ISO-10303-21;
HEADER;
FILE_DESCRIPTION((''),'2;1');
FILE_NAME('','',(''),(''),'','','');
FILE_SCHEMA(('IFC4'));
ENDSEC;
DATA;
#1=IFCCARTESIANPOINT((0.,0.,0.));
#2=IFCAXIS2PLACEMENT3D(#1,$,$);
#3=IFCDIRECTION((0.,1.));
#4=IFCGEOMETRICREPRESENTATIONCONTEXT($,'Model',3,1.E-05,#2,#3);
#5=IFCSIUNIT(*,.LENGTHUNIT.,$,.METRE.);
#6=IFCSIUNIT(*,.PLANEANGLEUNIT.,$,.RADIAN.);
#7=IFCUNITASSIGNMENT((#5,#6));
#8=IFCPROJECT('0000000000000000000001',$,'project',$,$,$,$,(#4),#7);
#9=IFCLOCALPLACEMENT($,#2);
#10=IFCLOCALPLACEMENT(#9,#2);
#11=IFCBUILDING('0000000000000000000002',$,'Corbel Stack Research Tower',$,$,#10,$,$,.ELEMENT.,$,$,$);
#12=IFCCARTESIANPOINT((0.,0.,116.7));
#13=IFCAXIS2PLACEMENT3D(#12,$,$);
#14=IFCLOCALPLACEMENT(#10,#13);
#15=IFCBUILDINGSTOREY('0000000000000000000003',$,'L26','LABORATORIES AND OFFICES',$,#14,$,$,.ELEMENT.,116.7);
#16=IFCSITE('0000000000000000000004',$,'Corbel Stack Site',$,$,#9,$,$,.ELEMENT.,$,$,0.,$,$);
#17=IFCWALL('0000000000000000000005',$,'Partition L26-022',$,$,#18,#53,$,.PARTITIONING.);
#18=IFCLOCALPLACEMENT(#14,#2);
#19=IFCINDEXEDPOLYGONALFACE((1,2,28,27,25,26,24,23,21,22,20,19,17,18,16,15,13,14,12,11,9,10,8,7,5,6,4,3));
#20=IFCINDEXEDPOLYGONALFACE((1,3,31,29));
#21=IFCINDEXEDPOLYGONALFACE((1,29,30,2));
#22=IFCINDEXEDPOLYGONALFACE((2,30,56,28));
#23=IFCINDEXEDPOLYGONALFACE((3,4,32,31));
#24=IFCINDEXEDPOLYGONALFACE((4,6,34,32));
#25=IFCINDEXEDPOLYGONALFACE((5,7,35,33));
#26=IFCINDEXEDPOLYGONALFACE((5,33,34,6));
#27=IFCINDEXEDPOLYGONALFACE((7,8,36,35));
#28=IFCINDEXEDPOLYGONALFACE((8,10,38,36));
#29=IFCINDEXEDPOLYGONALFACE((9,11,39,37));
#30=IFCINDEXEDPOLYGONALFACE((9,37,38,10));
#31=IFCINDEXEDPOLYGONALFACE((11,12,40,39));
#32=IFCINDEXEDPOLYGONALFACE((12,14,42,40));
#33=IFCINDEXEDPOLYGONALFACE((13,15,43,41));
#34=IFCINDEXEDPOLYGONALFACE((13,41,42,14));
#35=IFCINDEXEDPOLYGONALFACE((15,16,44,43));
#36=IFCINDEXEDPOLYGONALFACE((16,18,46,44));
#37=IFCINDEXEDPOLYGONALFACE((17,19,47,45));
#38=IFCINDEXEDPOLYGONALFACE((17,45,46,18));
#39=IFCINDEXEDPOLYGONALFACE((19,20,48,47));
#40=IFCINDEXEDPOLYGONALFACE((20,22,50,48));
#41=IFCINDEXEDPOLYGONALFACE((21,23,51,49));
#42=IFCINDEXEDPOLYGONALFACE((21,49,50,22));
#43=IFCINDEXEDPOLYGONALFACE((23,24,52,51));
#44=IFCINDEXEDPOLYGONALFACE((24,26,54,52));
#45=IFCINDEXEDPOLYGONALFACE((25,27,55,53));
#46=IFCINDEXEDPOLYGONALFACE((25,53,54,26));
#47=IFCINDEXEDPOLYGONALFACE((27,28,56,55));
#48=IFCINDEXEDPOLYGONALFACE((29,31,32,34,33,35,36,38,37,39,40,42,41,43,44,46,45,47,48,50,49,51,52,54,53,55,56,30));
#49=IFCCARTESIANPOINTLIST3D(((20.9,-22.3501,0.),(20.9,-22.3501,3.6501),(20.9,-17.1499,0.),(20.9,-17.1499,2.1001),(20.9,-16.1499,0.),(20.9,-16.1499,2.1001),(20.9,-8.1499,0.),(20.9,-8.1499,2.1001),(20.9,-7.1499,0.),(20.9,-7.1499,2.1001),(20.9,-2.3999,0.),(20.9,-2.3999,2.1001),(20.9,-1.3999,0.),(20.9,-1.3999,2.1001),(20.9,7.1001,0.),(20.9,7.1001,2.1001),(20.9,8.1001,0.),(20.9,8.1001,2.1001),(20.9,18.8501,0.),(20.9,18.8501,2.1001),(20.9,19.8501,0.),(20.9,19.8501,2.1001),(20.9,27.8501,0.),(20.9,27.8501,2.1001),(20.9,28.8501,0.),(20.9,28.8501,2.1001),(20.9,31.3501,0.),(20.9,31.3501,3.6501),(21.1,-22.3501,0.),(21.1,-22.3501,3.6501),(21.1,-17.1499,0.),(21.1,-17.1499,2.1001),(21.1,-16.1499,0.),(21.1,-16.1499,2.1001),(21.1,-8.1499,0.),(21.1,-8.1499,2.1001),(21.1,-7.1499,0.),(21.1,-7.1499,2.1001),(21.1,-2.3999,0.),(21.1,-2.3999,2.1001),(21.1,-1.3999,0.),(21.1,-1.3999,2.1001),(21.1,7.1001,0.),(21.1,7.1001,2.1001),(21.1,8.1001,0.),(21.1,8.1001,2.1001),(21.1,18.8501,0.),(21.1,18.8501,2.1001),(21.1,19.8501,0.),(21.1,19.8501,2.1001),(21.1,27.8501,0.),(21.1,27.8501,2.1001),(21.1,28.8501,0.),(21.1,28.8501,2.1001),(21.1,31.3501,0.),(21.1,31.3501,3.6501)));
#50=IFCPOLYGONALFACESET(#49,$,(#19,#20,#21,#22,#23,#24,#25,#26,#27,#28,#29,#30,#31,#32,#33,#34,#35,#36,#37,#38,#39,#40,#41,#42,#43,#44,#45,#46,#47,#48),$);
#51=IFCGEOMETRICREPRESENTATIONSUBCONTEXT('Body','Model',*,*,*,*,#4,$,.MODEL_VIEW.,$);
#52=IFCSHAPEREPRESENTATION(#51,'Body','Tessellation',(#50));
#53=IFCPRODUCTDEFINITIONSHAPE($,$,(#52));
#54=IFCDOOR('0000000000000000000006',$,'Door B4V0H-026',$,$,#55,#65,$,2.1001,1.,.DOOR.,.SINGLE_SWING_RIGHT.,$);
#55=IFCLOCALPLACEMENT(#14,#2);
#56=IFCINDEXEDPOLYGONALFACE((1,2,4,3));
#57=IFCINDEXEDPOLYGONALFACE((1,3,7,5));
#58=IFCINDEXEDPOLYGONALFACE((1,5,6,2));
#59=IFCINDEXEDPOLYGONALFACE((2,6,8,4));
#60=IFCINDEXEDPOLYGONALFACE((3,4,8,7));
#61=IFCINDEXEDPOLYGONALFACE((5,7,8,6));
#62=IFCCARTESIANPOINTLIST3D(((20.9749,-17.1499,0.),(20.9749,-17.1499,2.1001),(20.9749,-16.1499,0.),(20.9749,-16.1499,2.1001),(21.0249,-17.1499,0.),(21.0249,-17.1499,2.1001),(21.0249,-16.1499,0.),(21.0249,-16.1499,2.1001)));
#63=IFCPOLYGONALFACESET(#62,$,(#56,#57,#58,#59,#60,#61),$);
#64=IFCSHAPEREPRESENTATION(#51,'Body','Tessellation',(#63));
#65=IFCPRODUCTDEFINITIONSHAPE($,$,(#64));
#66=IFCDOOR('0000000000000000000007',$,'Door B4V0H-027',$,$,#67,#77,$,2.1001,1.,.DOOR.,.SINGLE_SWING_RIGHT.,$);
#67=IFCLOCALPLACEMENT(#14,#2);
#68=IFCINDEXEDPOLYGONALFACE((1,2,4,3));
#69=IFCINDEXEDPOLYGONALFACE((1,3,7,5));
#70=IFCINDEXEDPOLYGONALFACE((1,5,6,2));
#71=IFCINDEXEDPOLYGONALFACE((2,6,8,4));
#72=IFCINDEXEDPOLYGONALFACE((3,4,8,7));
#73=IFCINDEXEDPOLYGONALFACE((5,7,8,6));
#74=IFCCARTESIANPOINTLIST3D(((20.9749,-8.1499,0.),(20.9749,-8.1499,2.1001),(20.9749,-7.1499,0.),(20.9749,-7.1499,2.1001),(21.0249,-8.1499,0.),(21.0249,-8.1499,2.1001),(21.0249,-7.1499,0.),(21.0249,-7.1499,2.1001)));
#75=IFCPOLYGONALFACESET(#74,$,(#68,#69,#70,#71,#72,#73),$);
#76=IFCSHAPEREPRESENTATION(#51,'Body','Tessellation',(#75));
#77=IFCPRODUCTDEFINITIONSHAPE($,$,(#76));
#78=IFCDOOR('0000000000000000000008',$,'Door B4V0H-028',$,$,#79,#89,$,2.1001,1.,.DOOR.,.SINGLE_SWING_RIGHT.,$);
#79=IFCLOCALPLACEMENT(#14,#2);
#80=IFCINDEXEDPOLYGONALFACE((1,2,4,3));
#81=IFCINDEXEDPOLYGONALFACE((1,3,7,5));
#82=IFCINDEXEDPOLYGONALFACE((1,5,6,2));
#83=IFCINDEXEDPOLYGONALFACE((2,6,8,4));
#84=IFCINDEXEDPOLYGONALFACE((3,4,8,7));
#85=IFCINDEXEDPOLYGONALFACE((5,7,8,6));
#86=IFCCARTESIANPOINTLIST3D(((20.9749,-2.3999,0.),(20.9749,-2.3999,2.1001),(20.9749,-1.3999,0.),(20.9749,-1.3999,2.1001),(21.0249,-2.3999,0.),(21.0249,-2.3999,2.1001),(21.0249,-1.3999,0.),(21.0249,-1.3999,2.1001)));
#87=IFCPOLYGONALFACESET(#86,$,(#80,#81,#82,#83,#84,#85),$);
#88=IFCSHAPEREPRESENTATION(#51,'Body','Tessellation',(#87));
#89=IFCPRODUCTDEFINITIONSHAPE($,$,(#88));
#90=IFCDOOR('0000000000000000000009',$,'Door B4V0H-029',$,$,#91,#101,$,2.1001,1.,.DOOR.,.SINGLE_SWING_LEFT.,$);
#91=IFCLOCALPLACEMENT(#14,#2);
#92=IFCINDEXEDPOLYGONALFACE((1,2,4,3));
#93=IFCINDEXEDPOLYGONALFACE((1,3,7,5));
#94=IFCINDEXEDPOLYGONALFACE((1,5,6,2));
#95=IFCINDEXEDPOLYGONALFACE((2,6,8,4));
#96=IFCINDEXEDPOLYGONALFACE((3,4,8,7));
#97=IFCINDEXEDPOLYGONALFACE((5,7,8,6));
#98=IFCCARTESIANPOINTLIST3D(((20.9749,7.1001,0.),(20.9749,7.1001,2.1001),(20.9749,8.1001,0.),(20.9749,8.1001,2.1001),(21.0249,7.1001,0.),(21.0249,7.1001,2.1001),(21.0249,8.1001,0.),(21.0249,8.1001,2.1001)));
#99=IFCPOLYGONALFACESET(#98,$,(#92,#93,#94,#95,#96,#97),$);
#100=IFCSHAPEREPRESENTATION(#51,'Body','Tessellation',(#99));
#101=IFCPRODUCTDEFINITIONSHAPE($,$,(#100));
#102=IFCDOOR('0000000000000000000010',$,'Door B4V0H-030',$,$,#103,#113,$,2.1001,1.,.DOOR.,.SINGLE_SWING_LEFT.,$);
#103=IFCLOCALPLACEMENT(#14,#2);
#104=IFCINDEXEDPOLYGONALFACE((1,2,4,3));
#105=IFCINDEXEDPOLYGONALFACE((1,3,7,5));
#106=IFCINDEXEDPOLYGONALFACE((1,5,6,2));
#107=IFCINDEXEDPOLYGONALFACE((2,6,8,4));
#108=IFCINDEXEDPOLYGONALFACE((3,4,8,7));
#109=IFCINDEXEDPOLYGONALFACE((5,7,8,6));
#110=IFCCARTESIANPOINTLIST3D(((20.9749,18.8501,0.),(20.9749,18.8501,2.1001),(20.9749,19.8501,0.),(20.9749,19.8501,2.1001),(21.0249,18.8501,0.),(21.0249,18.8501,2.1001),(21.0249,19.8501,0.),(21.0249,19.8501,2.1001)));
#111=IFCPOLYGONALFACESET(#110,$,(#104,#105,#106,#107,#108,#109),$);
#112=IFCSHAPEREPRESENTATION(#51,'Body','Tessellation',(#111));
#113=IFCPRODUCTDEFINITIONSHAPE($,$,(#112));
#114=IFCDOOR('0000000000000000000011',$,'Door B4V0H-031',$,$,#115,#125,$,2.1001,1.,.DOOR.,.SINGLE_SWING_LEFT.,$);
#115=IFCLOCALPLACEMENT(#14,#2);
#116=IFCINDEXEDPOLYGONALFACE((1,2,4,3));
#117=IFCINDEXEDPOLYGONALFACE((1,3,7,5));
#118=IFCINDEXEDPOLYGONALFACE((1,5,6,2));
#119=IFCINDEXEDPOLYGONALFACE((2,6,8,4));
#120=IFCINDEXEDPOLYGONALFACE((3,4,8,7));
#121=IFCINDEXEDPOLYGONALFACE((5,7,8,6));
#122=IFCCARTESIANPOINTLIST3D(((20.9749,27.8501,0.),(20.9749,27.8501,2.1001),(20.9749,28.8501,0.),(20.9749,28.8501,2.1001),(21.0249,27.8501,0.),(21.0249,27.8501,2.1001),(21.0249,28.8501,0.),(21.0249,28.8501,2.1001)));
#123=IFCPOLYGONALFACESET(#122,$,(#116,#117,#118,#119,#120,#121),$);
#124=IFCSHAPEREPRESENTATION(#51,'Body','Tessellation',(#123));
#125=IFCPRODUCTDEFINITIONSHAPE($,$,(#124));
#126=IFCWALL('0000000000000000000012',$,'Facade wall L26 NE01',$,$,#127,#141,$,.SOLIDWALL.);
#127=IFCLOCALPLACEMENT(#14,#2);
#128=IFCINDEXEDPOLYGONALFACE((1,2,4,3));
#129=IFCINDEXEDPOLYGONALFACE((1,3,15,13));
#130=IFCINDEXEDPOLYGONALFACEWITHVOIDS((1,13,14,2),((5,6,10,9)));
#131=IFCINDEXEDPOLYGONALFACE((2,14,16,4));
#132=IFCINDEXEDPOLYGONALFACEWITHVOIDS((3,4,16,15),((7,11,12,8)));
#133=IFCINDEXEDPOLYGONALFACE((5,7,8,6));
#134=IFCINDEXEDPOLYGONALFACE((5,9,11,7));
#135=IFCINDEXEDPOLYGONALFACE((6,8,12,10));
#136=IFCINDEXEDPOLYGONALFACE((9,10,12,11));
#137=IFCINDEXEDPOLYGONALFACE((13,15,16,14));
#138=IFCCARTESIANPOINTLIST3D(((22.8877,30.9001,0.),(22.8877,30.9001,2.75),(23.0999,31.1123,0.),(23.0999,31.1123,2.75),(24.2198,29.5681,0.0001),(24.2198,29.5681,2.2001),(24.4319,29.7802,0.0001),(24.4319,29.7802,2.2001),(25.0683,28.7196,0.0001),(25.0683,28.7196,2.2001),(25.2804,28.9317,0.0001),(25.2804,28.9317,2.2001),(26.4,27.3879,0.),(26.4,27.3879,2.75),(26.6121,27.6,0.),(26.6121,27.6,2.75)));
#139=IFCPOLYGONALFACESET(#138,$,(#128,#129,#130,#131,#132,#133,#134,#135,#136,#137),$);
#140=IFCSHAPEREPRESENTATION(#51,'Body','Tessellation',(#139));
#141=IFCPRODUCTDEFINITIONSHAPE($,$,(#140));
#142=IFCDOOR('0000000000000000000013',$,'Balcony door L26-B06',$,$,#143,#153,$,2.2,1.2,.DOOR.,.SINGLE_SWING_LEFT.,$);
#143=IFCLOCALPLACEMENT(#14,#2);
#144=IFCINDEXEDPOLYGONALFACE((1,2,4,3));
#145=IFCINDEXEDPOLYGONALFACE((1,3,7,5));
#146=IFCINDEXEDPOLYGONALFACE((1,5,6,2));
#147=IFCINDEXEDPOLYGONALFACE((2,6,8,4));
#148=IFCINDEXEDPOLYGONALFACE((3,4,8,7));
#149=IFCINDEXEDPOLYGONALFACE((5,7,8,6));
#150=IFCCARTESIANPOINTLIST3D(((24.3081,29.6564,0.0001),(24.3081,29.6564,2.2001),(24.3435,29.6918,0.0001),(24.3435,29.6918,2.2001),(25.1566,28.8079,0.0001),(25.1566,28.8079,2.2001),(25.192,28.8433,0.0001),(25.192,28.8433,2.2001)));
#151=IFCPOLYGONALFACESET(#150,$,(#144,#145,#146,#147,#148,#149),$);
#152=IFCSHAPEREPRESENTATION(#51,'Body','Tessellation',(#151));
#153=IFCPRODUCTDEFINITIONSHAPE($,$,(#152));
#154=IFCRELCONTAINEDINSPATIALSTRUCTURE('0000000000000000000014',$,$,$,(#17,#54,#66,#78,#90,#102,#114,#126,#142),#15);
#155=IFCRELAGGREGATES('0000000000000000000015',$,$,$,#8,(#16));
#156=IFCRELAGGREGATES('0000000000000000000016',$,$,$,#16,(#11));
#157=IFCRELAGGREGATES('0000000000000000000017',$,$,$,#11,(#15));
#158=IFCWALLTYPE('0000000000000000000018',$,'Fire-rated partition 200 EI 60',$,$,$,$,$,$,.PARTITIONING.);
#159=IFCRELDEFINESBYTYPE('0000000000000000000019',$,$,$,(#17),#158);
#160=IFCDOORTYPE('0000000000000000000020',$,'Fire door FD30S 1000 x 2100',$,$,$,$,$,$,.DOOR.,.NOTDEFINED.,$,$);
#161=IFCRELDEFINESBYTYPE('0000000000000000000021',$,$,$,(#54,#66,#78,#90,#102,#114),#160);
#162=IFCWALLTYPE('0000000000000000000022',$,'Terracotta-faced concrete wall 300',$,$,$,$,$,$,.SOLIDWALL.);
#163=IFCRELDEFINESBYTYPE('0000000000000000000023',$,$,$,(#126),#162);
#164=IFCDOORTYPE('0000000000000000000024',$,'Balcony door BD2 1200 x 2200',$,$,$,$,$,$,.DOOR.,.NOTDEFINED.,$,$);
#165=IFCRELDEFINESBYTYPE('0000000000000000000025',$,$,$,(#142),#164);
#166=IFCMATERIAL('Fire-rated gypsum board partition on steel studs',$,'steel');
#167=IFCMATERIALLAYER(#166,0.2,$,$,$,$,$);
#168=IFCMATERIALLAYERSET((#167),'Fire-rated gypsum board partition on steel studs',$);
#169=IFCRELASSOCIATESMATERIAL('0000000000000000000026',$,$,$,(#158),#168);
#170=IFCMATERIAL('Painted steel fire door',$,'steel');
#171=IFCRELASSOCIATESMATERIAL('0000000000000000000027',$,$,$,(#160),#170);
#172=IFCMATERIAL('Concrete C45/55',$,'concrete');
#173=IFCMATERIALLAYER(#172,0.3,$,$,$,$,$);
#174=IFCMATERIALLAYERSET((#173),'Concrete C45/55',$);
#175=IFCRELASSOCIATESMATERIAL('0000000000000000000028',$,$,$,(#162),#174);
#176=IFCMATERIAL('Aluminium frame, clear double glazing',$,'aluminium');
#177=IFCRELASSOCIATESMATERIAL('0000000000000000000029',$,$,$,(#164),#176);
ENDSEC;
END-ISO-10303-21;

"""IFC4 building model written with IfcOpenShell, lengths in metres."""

from ifc_helpers import new_model, si_unit, direction, frame, frame_2d, origin, place, context, subcontext, project, spatial, rectangle, extrude, material, layer, layer_set, type_object, element, fill, save


model = new_model("IFC4")

# Units and contexts
model_context = context("Model", 3, precision=1e-05, world=origin(), true_north=direction((0.0, 1.0)))
body_context = subcontext(model_context, "Body", "Model", "MODEL_VIEW")
ifc_project = project(units=[si_unit("LENGTHUNIT", "METRE"), si_unit("PLANEANGLEUNIT", "RADIAN")], contexts=[model_context])

# Site, building, storey
site_placement = place(None, origin())
site = spatial("IfcSite", under=ifc_project, at=site_placement, Name="Corbel Stack Site", CompositionType="ELEMENT", RefElevation=0.0)
building_placement = place(site_placement, origin())
building = spatial("IfcBuilding", under=site, at=building_placement, Name="Corbel Stack Research Tower", CompositionType="ELEMENT")
storey_placement = place(building_placement, frame((0.0, 0.0, 116.7)))
storey = spatial("IfcBuildingStorey", under=building, at=storey_placement, Name="L26", Description="LABORATORIES AND OFFICES", CompositionType="ELEMENT", Elevation=116.7)

# Wall, openings, doors
ifc_material_1 = material(Name="Fire-rated gypsum board partition on steel studs", Category="steel")
ifc_layer_1 = layer(ifc_material_1, 0.2)
ifc_layer_set_1 = layer_set([ifc_layer_1], Name="Fire-rated gypsum board partition on steel studs")
wall_type_1 = type_object("IfcWallType", Name="Fire-rated partition 200 EI 60", PredefinedType="PARTITIONING", material=ifc_layer_set_1)
wall_1_placement = place(storey_placement, frame((21.0, 31.3501, 0.0), z_axis=(0.0, 0.0, 1.0), x_axis=(0.0, -1.0, 0.0)))
wall_1 = element("IfcWall", 1, at=wall_1_placement, inside=storey, type_object=wall_type_1, Name="Partition L26-022", PredefinedType="PARTITIONING", context=body_context, shape_type="SweptSolid", body=[
    extrude(rectangle(XDim=53.7002, YDim=0.2, at=frame_2d((26.8501, 0.0))), origin(), (0.0, 0.0, 1.0), 3.6501),
])
opening_1_placement = place(wall_1_placement, frame((47.5, 0.0, 0.0)))
opening_1 = element("IfcOpeningElement", 2, at=opening_1_placement, cuts=wall_1, PredefinedType="OPENING", context=body_context, shape_type="SweptSolid", body=[
    extrude(rectangle(XDim=1.0, YDim=2.1001, at=frame_2d((0.5, 1.05))), frame((0.0, 0.1099, 0.0), z_axis=(0.0, -1.0, 0.0), x_axis=(1.0, 0.0, 0.0)), (0.0, 0.0, 1.0), 0.22),
])
opening_2_placement = place(wall_1_placement, frame((38.5, 0.0, 0.0)))
opening_2 = element("IfcOpeningElement", 3, at=opening_2_placement, cuts=wall_1, PredefinedType="OPENING", context=body_context, shape_type="SweptSolid", body=[
    extrude(rectangle(XDim=1.0, YDim=2.1001, at=frame_2d((0.5, 1.05))), frame((0.0, 0.1099, 0.0), z_axis=(0.0, -1.0, 0.0), x_axis=(1.0, 0.0, 0.0)), (0.0, 0.0, 1.0), 0.22),
])
opening_3_placement = place(wall_1_placement, frame((32.75, 0.0, 0.0)))
opening_3 = element("IfcOpeningElement", 4, at=opening_3_placement, cuts=wall_1, PredefinedType="OPENING", context=body_context, shape_type="SweptSolid", body=[
    extrude(rectangle(XDim=1.0, YDim=2.1001, at=frame_2d((0.5, 1.05))), frame((0.0, 0.1099, 0.0), z_axis=(0.0, -1.0, 0.0), x_axis=(1.0, 0.0, 0.0)), (0.0, 0.0, 1.0), 0.22),
])
opening_4_placement = place(wall_1_placement, frame((23.25, 0.0, 0.0)))
opening_4 = element("IfcOpeningElement", 5, at=opening_4_placement, cuts=wall_1, PredefinedType="OPENING", context=body_context, shape_type="SweptSolid", body=[
    extrude(rectangle(XDim=1.0, YDim=2.1001, at=frame_2d((0.5, 1.05))), frame((0.0, 0.1099, 0.0), z_axis=(0.0, -1.0, 0.0), x_axis=(1.0, 0.0, 0.0)), (0.0, 0.0, 1.0), 0.22),
])
opening_5_placement = place(wall_1_placement, frame((11.5, 0.0, 0.0)))
opening_5 = element("IfcOpeningElement", 6, at=opening_5_placement, cuts=wall_1, PredefinedType="OPENING", context=body_context, shape_type="SweptSolid", body=[
    extrude(rectangle(XDim=1.0, YDim=2.1001, at=frame_2d((0.5, 1.05))), frame((0.0, 0.1099, 0.0), z_axis=(0.0, -1.0, 0.0), x_axis=(1.0, 0.0, 0.0)), (0.0, 0.0, 1.0), 0.22),
])
opening_6_placement = place(wall_1_placement, frame((2.5, 0.0, 0.0)))
opening_6 = element("IfcOpeningElement", 7, at=opening_6_placement, cuts=wall_1, PredefinedType="OPENING", context=body_context, shape_type="SweptSolid", body=[
    extrude(rectangle(XDim=1.0, YDim=2.1001, at=frame_2d((0.5, 1.05))), frame((0.0, 0.1099, 0.0), z_axis=(0.0, -1.0, 0.0), x_axis=(1.0, 0.0, 0.0)), (0.0, 0.0, 1.0), 0.22),
])
ifc_material_2 = material(Name="Painted steel fire door", Category="steel")
door_type_1 = type_object("IfcDoorType", Name="Fire door FD30S 1000 x 2100", OperationType="NOTDEFINED", PredefinedType="DOOR", material=ifc_material_2)
door_1_placement = place(opening_1_placement, origin())
door_1 = element("IfcDoor", 8, at=door_1_placement, inside=storey, type_object=door_type_1, Name="Door B4V0H-026", OperationType="SINGLE_SWING_RIGHT", OverallHeight=2.1001, OverallWidth=1.0, PredefinedType="DOOR", context=body_context, shape_type="SweptSolid", body=[
    extrude(rectangle(XDim=1.0, YDim=2.1001, at=frame_2d((0.5, 1.05))), frame((0.0, 0.0249, 0.0), z_axis=(0.0, -1.0, 0.0), x_axis=(1.0, 0.0, 0.0)), (0.0, 0.0, 1.0), 0.05),
])
fill(opening_1, door_1)
door_2_placement = place(opening_2_placement, origin())
door_2 = element("IfcDoor", 9, at=door_2_placement, inside=storey, type_object=door_type_1, Name="Door B4V0H-027", OperationType="SINGLE_SWING_RIGHT", OverallHeight=2.1001, OverallWidth=1.0, PredefinedType="DOOR", context=body_context, shape_type="SweptSolid", body=[
    extrude(rectangle(XDim=1.0, YDim=2.1001, at=frame_2d((0.5, 1.05))), frame((0.0, 0.0249, 0.0), z_axis=(0.0, -1.0, 0.0), x_axis=(1.0, 0.0, 0.0)), (0.0, 0.0, 1.0), 0.05),
])
fill(opening_2, door_2)
door_3_placement = place(opening_3_placement, origin())
door_3 = element("IfcDoor", 10, at=door_3_placement, inside=storey, type_object=door_type_1, Name="Door B4V0H-028", OperationType="SINGLE_SWING_RIGHT", OverallHeight=2.1001, OverallWidth=1.0, PredefinedType="DOOR", context=body_context, shape_type="SweptSolid", body=[
    extrude(rectangle(XDim=1.0, YDim=2.1001, at=frame_2d((0.5, 1.05))), frame((0.0, 0.0249, 0.0), z_axis=(0.0, -1.0, 0.0), x_axis=(1.0, 0.0, 0.0)), (0.0, 0.0, 1.0), 0.05),
])
fill(opening_3, door_3)
door_4_placement = place(opening_4_placement, origin())
door_4 = element("IfcDoor", 11, at=door_4_placement, inside=storey, type_object=door_type_1, Name="Door B4V0H-029", OperationType="SINGLE_SWING_LEFT", OverallHeight=2.1001, OverallWidth=1.0, PredefinedType="DOOR", context=body_context, shape_type="SweptSolid", body=[
    extrude(rectangle(XDim=1.0, YDim=2.1001, at=frame_2d((0.5, 1.05))), frame((0.0, 0.0249, 0.0), z_axis=(0.0, -1.0, 0.0), x_axis=(1.0, 0.0, 0.0)), (0.0, 0.0, 1.0), 0.05),
])
fill(opening_4, door_4)
door_5_placement = place(opening_5_placement, origin())
door_5 = element("IfcDoor", 12, at=door_5_placement, inside=storey, type_object=door_type_1, Name="Door B4V0H-030", OperationType="SINGLE_SWING_LEFT", OverallHeight=2.1001, OverallWidth=1.0, PredefinedType="DOOR", context=body_context, shape_type="SweptSolid", body=[
    extrude(rectangle(XDim=1.0, YDim=2.1001, at=frame_2d((0.5, 1.05))), frame((0.0, 0.0249, 0.0), z_axis=(0.0, -1.0, 0.0), x_axis=(1.0, 0.0, 0.0)), (0.0, 0.0, 1.0), 0.05),
])
fill(opening_5, door_5)
door_6_placement = place(opening_6_placement, origin())
door_6 = element("IfcDoor", 13, at=door_6_placement, inside=storey, type_object=door_type_1, Name="Door B4V0H-031", OperationType="SINGLE_SWING_LEFT", OverallHeight=2.1001, OverallWidth=1.0, PredefinedType="DOOR", context=body_context, shape_type="SweptSolid", body=[
    extrude(rectangle(XDim=1.0, YDim=2.1001, at=frame_2d((0.5, 1.05))), frame((0.0, 0.0249, 0.0), z_axis=(0.0, -1.0, 0.0), x_axis=(1.0, 0.0, 0.0)), (0.0, 0.0, 1.0), 0.05),
])
fill(opening_6, door_6)

# Wall, opening, door
ifc_material_3 = material(Name="Concrete C45/55", Category="concrete")
ifc_layer_2 = layer(ifc_material_3, 0.3)
ifc_layer_set_2 = layer_set([ifc_layer_2], Name="Concrete C45/55")
wall_type_2 = type_object("IfcWallType", Name="Terracotta-faced concrete wall 300", PredefinedType="SOLIDWALL", material=ifc_layer_set_2)
wall_2_placement = place(storey_placement, frame((22.9939, 31.0061, 0.0), z_axis=(0.0, 0.0, 1.0), x_axis=(0.707107, -0.707107, 0.0)))
wall_2 = element("IfcWall", 14, at=wall_2_placement, inside=storey, type_object=wall_type_2, Name="Facade wall L26 NE01", PredefinedType="SOLIDWALL", context=body_context, shape_type="SweptSolid", body=[
    extrude(rectangle(XDim=4.967, YDim=0.3, at=frame_2d((2.4834, 0.0))), origin(), (0.0, 0.0, 1.0), 2.75),
])
opening_7_placement = place(wall_2_placement, frame((1.8835, 0.0, 0.0)))
opening_7 = element("IfcOpeningElement", 15, at=opening_7_placement, cuts=wall_2, PredefinedType="OPENING", context=body_context, shape_type="SweptSolid", body=[
    extrude(rectangle(XDim=1.2, YDim=2.2, at=frame_2d((0.6001, 1.1001))), frame((0.0, 0.1599, 0.0), z_axis=(0.0, -1.0, 0.0), x_axis=(1.0, 0.0, 0.0)), (0.0, 0.0, 1.0), 0.3201),
])
ifc_material_4 = material(Name="Aluminium frame, clear double glazing", Category="aluminium")
door_type_2 = type_object("IfcDoorType", Name="Balcony door BD2 1200 x 2200", OperationType="NOTDEFINED", PredefinedType="DOOR", material=ifc_material_4)
door_7_placement = place(opening_7_placement, origin())
door_7 = element("IfcDoor", 16, at=door_7_placement, inside=storey, type_object=door_type_2, Name="Balcony door L26-B06", OperationType="SINGLE_SWING_LEFT", OverallHeight=2.2, OverallWidth=1.2, PredefinedType="DOOR", context=body_context, shape_type="SweptSolid", body=[
    extrude(rectangle(XDim=1.2, YDim=2.2, at=frame_2d((0.6001, 1.1001))), frame((0.0, 0.0249, 0.0), z_axis=(0.0, -1.0, 0.0), x_axis=(1.0, 0.0, 0.0)), (0.0, 0.0, 1.0), 0.05),
])
fill(opening_7, door_7)

save(model, "model.ifc")
